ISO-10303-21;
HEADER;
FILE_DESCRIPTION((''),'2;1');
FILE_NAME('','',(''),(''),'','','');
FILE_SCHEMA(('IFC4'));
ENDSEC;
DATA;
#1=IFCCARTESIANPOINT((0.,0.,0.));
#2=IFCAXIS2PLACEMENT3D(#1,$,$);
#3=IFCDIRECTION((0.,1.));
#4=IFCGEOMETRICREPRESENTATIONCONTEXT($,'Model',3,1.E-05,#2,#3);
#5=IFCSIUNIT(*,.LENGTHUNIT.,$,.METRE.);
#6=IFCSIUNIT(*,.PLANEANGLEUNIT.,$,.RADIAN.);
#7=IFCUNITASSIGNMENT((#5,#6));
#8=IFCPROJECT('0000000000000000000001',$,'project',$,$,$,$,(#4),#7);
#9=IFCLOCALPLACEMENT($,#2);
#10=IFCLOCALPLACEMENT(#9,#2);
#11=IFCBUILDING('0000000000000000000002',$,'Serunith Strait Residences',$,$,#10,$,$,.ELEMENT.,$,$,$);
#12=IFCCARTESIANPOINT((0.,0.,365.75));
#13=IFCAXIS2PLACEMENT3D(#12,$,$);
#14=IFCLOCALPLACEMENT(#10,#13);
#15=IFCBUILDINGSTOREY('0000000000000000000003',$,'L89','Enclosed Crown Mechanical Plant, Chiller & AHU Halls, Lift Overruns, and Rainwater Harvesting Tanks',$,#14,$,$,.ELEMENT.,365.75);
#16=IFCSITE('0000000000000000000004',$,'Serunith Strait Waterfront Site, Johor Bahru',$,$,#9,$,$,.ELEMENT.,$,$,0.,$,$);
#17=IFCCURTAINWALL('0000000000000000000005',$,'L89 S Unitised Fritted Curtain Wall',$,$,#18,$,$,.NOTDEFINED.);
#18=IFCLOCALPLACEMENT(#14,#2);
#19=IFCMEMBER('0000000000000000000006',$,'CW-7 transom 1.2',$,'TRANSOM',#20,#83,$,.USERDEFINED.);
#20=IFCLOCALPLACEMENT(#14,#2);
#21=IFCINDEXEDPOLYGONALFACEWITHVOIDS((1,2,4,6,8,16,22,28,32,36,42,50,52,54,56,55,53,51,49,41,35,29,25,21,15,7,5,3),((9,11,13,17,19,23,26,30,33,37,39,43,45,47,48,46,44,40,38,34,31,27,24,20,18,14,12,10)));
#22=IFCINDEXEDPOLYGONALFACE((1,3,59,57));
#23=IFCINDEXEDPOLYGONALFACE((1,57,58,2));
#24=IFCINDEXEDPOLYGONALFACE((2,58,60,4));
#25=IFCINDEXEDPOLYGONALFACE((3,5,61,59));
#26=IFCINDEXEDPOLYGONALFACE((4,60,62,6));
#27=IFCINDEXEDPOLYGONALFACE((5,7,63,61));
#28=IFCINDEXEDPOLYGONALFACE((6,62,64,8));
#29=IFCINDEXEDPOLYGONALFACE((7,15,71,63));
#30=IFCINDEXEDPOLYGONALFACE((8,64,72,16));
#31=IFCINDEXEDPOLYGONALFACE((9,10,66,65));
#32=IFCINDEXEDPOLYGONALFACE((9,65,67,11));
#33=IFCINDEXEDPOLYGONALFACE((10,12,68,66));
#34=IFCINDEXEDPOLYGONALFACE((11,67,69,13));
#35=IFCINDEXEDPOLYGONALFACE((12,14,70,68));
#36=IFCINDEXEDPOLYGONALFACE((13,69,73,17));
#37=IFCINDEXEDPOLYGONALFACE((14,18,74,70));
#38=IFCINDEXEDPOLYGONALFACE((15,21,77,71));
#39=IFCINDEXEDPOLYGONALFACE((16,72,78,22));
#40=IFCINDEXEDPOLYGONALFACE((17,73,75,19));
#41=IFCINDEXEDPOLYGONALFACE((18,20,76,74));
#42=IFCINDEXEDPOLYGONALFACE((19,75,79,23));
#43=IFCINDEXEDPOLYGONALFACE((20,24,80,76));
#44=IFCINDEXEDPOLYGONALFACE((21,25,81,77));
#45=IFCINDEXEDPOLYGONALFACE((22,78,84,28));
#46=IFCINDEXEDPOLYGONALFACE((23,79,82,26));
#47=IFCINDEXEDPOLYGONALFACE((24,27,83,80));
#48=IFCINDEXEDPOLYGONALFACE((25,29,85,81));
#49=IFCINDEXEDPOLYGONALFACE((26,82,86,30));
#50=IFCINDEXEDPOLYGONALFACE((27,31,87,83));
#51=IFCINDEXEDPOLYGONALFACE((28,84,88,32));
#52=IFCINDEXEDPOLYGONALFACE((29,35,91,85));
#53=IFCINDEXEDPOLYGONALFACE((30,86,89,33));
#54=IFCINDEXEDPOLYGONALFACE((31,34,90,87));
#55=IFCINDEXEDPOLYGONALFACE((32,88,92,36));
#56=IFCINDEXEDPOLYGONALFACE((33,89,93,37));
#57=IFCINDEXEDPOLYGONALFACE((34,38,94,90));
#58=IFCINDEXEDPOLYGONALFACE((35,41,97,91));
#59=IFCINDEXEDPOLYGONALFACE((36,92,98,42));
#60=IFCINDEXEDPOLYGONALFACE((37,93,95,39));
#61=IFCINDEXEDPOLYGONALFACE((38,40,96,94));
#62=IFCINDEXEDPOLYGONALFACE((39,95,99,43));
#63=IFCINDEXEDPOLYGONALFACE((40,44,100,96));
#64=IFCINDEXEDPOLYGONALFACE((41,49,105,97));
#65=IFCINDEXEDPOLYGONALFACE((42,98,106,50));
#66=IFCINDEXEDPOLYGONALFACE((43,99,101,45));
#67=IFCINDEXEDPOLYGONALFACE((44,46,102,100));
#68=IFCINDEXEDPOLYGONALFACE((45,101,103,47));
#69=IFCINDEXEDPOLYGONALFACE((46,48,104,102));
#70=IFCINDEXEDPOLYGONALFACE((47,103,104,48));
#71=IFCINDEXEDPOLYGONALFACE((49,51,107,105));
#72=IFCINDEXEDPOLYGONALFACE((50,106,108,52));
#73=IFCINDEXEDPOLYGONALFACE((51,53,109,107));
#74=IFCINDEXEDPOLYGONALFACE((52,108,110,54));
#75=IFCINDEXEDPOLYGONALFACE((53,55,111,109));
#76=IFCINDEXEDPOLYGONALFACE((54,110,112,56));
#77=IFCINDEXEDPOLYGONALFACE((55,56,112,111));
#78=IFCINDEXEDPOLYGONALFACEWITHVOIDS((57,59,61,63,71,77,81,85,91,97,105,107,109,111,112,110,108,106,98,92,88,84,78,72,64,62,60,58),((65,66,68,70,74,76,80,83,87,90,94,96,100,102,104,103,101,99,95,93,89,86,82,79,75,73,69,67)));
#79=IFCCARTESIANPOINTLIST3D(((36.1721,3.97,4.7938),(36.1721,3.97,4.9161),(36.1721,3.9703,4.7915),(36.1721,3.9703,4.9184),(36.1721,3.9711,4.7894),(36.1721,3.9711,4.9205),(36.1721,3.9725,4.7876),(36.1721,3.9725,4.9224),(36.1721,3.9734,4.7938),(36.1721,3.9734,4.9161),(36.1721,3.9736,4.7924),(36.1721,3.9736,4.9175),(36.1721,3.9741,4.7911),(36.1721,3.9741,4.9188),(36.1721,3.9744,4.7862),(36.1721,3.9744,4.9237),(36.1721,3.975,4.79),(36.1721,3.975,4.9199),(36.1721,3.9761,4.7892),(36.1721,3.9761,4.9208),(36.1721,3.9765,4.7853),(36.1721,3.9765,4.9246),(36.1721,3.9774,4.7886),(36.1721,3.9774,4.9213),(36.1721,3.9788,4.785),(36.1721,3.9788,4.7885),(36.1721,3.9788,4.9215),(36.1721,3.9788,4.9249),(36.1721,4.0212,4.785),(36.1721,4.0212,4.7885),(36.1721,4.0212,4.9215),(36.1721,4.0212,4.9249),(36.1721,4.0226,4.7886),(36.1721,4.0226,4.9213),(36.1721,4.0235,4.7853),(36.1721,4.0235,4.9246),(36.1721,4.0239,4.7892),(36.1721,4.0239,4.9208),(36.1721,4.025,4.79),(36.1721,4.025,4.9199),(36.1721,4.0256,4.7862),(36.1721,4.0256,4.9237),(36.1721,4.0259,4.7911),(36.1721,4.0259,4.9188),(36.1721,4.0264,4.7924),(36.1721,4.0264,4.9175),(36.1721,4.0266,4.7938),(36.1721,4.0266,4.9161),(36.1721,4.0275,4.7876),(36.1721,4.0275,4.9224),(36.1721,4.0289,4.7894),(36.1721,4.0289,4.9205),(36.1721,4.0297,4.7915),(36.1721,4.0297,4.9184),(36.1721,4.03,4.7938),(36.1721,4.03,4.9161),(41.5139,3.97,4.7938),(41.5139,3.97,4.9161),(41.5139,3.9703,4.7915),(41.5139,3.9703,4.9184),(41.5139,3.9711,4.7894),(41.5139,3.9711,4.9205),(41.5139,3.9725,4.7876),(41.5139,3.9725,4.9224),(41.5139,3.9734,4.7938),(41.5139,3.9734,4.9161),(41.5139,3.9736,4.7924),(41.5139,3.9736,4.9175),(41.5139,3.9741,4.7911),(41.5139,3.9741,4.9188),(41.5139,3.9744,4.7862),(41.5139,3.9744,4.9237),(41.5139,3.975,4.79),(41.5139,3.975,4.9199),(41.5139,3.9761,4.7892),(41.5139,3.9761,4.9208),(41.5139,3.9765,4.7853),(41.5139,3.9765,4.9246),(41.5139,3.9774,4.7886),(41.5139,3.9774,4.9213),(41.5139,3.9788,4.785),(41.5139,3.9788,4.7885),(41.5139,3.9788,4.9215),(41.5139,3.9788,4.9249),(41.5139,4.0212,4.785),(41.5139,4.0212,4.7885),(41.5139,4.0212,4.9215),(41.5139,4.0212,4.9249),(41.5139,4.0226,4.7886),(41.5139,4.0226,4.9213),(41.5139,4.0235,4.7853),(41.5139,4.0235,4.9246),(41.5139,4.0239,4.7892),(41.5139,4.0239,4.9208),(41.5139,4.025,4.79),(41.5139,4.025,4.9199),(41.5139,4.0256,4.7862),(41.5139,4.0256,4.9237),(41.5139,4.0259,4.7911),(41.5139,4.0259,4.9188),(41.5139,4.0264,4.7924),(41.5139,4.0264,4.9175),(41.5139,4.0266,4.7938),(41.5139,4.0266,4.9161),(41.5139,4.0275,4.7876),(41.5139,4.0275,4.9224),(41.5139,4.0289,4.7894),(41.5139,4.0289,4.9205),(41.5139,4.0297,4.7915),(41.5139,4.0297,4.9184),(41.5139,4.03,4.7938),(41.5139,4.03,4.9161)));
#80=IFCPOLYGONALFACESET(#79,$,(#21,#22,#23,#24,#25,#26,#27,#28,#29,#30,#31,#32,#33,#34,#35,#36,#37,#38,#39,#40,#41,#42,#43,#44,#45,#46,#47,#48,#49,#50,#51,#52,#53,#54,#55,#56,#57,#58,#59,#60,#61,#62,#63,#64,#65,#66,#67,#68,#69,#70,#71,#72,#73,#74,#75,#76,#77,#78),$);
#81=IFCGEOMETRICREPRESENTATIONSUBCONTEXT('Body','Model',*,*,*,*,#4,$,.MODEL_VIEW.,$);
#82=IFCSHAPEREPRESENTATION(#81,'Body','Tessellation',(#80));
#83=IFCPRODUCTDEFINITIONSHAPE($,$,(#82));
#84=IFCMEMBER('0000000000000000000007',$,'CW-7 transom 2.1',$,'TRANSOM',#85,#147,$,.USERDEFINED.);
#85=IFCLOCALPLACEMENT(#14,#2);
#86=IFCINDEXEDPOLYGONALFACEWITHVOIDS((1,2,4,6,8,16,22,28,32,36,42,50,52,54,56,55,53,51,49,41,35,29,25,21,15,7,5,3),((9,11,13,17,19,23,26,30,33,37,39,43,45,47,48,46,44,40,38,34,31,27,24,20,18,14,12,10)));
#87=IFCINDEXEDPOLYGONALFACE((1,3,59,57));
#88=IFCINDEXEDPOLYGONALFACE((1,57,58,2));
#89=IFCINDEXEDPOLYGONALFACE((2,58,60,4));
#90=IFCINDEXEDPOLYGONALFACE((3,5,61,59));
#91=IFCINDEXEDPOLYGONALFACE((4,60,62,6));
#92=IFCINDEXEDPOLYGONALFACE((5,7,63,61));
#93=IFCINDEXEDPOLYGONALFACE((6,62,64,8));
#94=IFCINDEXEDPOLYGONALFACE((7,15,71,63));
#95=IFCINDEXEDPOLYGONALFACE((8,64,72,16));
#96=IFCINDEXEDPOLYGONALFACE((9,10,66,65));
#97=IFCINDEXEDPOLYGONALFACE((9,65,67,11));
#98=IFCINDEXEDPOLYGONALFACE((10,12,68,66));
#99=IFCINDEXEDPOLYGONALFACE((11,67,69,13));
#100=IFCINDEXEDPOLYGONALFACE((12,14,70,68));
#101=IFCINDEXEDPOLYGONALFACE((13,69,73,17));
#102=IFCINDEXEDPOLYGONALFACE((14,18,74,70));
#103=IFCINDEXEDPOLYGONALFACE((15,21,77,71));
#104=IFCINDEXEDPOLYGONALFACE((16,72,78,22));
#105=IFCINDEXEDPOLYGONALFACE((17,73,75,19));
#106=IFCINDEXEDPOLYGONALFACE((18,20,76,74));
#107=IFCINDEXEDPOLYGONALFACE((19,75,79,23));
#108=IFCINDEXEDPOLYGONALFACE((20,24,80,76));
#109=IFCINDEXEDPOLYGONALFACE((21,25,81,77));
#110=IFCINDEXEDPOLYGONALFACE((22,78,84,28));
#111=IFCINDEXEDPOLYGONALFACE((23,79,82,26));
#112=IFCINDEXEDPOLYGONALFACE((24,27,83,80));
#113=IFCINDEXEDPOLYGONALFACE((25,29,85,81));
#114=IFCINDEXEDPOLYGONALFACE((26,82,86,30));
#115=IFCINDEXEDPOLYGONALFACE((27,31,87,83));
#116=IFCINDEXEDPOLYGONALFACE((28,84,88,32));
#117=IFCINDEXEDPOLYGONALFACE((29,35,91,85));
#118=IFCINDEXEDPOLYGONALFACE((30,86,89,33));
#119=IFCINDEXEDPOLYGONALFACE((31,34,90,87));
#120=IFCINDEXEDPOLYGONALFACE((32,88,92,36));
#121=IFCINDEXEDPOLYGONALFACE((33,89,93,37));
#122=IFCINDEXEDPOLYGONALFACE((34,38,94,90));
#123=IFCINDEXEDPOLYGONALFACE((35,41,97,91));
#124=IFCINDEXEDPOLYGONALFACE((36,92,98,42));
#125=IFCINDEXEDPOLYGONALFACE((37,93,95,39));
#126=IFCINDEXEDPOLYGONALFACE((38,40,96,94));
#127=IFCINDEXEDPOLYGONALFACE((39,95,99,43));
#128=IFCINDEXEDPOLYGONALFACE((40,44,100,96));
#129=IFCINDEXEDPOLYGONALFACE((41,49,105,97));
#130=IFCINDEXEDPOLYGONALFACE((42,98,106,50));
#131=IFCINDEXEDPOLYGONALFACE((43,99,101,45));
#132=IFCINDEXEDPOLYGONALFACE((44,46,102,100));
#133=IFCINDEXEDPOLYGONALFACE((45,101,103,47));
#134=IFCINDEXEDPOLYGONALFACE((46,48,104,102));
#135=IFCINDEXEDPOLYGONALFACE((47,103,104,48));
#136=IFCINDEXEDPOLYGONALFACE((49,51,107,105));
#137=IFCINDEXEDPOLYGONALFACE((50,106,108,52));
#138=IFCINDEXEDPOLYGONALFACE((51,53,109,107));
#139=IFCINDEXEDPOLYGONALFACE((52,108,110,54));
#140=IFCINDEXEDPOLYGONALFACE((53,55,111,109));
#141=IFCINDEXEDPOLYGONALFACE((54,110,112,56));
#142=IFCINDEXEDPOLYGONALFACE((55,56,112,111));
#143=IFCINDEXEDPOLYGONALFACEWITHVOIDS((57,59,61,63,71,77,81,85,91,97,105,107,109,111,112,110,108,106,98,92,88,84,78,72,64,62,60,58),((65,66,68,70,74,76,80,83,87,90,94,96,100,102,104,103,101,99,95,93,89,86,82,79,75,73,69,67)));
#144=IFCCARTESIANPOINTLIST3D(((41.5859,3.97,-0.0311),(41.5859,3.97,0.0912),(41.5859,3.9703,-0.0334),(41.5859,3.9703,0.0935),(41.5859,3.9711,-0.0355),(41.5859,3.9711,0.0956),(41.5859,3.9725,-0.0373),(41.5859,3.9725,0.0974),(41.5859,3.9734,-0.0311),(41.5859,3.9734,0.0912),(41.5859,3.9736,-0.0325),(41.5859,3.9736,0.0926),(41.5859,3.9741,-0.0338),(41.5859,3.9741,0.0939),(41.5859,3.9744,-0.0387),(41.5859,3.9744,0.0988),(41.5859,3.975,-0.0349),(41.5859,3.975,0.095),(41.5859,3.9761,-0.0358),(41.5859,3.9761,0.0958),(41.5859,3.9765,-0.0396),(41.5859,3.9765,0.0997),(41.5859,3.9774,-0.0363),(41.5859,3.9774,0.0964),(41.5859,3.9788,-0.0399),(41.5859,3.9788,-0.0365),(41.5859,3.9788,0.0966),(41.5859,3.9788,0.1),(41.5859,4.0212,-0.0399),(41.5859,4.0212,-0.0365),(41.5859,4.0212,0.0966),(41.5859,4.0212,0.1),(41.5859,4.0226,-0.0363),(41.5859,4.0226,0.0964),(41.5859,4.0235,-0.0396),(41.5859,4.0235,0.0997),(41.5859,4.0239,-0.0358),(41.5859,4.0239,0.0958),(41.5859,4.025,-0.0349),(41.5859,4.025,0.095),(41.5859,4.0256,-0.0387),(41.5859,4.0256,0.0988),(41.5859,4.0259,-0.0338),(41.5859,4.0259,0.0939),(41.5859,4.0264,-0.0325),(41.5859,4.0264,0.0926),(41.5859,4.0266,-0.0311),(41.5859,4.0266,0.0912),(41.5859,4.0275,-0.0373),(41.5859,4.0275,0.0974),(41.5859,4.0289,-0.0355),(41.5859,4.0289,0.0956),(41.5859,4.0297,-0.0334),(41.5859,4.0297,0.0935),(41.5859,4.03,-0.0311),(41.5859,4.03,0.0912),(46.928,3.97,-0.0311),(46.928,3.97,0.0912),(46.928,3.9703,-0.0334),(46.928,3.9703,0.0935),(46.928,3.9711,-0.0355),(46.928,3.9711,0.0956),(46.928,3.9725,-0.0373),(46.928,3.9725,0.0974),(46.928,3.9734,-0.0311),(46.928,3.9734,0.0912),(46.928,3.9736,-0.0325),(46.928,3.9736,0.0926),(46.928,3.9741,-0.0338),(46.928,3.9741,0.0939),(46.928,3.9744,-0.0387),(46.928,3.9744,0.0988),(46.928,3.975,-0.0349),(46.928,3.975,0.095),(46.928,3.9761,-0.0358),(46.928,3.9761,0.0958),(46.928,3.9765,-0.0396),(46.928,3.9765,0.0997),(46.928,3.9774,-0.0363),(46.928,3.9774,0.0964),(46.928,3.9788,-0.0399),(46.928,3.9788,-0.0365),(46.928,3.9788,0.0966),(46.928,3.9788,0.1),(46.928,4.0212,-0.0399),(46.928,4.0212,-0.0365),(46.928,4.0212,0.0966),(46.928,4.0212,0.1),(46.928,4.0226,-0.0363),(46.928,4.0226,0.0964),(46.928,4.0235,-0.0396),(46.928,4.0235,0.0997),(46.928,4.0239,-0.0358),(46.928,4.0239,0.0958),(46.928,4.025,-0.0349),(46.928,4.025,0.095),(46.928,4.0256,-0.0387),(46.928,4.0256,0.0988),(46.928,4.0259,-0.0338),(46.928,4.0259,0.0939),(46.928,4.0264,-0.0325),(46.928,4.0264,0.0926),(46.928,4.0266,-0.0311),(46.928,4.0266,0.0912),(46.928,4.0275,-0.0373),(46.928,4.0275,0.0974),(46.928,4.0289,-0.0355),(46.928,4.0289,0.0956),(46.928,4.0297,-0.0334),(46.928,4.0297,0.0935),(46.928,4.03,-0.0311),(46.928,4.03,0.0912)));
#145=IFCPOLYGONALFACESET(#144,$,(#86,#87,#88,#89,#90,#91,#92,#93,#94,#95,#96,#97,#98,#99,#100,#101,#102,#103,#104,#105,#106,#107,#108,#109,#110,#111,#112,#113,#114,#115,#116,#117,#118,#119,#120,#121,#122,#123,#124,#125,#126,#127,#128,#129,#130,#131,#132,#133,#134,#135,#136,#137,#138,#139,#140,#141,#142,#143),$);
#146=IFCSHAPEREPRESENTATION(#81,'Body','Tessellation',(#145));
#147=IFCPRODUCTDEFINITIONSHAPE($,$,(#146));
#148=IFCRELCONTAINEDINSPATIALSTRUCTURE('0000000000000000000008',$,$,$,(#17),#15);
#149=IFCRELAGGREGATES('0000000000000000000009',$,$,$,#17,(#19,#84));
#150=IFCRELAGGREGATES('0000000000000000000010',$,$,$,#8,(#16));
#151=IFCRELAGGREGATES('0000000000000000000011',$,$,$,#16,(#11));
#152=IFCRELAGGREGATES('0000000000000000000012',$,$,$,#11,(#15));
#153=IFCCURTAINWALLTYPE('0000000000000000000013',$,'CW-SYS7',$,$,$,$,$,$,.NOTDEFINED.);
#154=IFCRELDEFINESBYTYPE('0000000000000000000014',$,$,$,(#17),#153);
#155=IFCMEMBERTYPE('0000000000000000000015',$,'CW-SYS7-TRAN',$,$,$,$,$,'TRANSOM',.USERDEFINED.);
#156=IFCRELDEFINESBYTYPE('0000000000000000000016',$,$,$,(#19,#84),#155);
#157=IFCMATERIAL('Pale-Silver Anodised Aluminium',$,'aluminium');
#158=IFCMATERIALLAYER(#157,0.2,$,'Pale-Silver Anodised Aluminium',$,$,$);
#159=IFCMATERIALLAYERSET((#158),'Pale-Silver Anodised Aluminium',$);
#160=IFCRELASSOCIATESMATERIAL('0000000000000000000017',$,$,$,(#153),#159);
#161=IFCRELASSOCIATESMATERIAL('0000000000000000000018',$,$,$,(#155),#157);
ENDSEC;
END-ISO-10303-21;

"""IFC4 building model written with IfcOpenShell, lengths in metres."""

from ifc_helpers import new_model, si_unit, direction, frame, origin, origin_2d, place, context, subcontext, project, spatial, hollow_rectangle, extrude, source, transform, mapped, material, layer, layer_set, material_profile, profile_set, type_object, element, aggregate, save


model = new_model("IFC4")

# Units and contexts
model_context = context("Model", 3, precision=1e-05, world=origin(), true_north=direction((0.0, 1.0)))
body_context = subcontext(model_context, "Body", "Model", "MODEL_VIEW")
ifc_project = project(units=[si_unit("LENGTHUNIT", "METRE"), si_unit("PLANEANGLEUNIT", "RADIAN")], contexts=[model_context])

# Site, building, storey
site_placement = place(None, origin())
site = spatial("IfcSite", under=ifc_project, at=site_placement, Name="Serunith Strait Waterfront Site, Johor Bahru", CompositionType="ELEMENT", RefElevation=0.0)
building_placement = place(site_placement, origin())
building = spatial("IfcBuilding", under=site, at=building_placement, Name="Serunith Strait Residences", CompositionType="ELEMENT")
storey_placement = place(building_placement, frame((0.0, 0.0, 365.75)))
storey = spatial("IfcBuildingStorey", under=building, at=storey_placement, Name="L89", Description="Enclosed Crown Mechanical Plant, Chiller & AHU Halls, Lift Overruns, and Rainwater Harvesting Tanks", CompositionType="ELEMENT", Elevation=365.75)

# Shared definitions
ifc_material_1 = material(Name="Pale-Silver Anodised Aluminium", Category="aluminium")
ifc_layer_1 = layer(ifc_material_1, 0.2, Name="Pale-Silver Anodised Aluminium")
ifc_layer_set_1 = layer_set([ifc_layer_1], Name="Pale-Silver Anodised Aluminium")
curtain_wall_type = type_object("IfcCurtainWallType", Name="CW-SYS7", PredefinedType="NOTDEFINED", material=ifc_layer_set_1)

# Curtain wall, members
curtain_wall_1_placement = place(storey_placement, origin())
curtain_wall_1 = element("IfcCurtainWall", 1, at=curtain_wall_1_placement, inside=storey, type_object=curtain_wall_type, Name="L89 S Unitised Fritted Curtain Wall", PredefinedType="NOTDEFINED")
ifc_material_profile_1 = material_profile(ifc_material_1, hollow_rectangle(XDim=0.0601, YDim=0.1399, WallThickness=0.0034, InnerFilletRadius=0.0054, OuterFilletRadius=0.0088, at=origin_2d()), Name="ALU 140x60x3.5")
ifc_profile_set_1 = profile_set([ifc_material_profile_1], Name="Pale-Silver Anodised Aluminium")
member_type_1 = type_object("IfcMemberType", Name="CW-SYS7-TRAN", ElementType="TRANSOM", PredefinedType="USERDEFINED", material=ifc_profile_set_1)
shared_shape_1 = source(origin(), body_context, "Body", "SweptSolid", [
    extrude(hollow_rectangle(XDim=0.0601, YDim=0.1399, WallThickness=0.0034, InnerFilletRadius=0.0054, OuterFilletRadius=0.0088, at=origin_2d()), origin(), (0.0, 0.0, 1.0), 5.3418),
])
member_1_placement = place(storey_placement, frame((36.1721, 4.0, 4.855), z_axis=(1.0, 0.0, 0.0), x_axis=(0.0, 1.0, 0.0)))
member_1 = element("IfcMember", 2, at=member_1_placement, type_object=member_type_1, Name="CW-7 transom 1.2", ObjectType="TRANSOM", PredefinedType="USERDEFINED", context=body_context, shape_type="MappedRepresentation", body=[
    mapped(shared_shape_1, transform((0.0, 0.0, 0.0), scale=1.0)),
])
shared_shape_2 = source(origin(), body_context, "Body", "SweptSolid", [
    extrude(hollow_rectangle(XDim=0.0601, YDim=0.1399, WallThickness=0.0034, InnerFilletRadius=0.0054, OuterFilletRadius=0.0088, at=origin_2d()), origin(), (0.0, 0.0, 1.0), 5.342),
])
member_2_placement = place(storey_placement, frame((41.5859, 4.0, 0.03), z_axis=(1.0, 0.0, 0.0), x_axis=(0.0, 1.0, 0.0)))
member_2 = element("IfcMember", 3, at=member_2_placement, type_object=member_type_1, Name="CW-7 transom 2.1", ObjectType="TRANSOM", PredefinedType="USERDEFINED", context=body_context, shape_type="MappedRepresentation", body=[
    mapped(shared_shape_2, transform((0.0, 0.0, 0.0), scale=1.0)),
])

aggregate(curtain_wall_1, [member_1, member_2])

save(model, "model.ifc")
